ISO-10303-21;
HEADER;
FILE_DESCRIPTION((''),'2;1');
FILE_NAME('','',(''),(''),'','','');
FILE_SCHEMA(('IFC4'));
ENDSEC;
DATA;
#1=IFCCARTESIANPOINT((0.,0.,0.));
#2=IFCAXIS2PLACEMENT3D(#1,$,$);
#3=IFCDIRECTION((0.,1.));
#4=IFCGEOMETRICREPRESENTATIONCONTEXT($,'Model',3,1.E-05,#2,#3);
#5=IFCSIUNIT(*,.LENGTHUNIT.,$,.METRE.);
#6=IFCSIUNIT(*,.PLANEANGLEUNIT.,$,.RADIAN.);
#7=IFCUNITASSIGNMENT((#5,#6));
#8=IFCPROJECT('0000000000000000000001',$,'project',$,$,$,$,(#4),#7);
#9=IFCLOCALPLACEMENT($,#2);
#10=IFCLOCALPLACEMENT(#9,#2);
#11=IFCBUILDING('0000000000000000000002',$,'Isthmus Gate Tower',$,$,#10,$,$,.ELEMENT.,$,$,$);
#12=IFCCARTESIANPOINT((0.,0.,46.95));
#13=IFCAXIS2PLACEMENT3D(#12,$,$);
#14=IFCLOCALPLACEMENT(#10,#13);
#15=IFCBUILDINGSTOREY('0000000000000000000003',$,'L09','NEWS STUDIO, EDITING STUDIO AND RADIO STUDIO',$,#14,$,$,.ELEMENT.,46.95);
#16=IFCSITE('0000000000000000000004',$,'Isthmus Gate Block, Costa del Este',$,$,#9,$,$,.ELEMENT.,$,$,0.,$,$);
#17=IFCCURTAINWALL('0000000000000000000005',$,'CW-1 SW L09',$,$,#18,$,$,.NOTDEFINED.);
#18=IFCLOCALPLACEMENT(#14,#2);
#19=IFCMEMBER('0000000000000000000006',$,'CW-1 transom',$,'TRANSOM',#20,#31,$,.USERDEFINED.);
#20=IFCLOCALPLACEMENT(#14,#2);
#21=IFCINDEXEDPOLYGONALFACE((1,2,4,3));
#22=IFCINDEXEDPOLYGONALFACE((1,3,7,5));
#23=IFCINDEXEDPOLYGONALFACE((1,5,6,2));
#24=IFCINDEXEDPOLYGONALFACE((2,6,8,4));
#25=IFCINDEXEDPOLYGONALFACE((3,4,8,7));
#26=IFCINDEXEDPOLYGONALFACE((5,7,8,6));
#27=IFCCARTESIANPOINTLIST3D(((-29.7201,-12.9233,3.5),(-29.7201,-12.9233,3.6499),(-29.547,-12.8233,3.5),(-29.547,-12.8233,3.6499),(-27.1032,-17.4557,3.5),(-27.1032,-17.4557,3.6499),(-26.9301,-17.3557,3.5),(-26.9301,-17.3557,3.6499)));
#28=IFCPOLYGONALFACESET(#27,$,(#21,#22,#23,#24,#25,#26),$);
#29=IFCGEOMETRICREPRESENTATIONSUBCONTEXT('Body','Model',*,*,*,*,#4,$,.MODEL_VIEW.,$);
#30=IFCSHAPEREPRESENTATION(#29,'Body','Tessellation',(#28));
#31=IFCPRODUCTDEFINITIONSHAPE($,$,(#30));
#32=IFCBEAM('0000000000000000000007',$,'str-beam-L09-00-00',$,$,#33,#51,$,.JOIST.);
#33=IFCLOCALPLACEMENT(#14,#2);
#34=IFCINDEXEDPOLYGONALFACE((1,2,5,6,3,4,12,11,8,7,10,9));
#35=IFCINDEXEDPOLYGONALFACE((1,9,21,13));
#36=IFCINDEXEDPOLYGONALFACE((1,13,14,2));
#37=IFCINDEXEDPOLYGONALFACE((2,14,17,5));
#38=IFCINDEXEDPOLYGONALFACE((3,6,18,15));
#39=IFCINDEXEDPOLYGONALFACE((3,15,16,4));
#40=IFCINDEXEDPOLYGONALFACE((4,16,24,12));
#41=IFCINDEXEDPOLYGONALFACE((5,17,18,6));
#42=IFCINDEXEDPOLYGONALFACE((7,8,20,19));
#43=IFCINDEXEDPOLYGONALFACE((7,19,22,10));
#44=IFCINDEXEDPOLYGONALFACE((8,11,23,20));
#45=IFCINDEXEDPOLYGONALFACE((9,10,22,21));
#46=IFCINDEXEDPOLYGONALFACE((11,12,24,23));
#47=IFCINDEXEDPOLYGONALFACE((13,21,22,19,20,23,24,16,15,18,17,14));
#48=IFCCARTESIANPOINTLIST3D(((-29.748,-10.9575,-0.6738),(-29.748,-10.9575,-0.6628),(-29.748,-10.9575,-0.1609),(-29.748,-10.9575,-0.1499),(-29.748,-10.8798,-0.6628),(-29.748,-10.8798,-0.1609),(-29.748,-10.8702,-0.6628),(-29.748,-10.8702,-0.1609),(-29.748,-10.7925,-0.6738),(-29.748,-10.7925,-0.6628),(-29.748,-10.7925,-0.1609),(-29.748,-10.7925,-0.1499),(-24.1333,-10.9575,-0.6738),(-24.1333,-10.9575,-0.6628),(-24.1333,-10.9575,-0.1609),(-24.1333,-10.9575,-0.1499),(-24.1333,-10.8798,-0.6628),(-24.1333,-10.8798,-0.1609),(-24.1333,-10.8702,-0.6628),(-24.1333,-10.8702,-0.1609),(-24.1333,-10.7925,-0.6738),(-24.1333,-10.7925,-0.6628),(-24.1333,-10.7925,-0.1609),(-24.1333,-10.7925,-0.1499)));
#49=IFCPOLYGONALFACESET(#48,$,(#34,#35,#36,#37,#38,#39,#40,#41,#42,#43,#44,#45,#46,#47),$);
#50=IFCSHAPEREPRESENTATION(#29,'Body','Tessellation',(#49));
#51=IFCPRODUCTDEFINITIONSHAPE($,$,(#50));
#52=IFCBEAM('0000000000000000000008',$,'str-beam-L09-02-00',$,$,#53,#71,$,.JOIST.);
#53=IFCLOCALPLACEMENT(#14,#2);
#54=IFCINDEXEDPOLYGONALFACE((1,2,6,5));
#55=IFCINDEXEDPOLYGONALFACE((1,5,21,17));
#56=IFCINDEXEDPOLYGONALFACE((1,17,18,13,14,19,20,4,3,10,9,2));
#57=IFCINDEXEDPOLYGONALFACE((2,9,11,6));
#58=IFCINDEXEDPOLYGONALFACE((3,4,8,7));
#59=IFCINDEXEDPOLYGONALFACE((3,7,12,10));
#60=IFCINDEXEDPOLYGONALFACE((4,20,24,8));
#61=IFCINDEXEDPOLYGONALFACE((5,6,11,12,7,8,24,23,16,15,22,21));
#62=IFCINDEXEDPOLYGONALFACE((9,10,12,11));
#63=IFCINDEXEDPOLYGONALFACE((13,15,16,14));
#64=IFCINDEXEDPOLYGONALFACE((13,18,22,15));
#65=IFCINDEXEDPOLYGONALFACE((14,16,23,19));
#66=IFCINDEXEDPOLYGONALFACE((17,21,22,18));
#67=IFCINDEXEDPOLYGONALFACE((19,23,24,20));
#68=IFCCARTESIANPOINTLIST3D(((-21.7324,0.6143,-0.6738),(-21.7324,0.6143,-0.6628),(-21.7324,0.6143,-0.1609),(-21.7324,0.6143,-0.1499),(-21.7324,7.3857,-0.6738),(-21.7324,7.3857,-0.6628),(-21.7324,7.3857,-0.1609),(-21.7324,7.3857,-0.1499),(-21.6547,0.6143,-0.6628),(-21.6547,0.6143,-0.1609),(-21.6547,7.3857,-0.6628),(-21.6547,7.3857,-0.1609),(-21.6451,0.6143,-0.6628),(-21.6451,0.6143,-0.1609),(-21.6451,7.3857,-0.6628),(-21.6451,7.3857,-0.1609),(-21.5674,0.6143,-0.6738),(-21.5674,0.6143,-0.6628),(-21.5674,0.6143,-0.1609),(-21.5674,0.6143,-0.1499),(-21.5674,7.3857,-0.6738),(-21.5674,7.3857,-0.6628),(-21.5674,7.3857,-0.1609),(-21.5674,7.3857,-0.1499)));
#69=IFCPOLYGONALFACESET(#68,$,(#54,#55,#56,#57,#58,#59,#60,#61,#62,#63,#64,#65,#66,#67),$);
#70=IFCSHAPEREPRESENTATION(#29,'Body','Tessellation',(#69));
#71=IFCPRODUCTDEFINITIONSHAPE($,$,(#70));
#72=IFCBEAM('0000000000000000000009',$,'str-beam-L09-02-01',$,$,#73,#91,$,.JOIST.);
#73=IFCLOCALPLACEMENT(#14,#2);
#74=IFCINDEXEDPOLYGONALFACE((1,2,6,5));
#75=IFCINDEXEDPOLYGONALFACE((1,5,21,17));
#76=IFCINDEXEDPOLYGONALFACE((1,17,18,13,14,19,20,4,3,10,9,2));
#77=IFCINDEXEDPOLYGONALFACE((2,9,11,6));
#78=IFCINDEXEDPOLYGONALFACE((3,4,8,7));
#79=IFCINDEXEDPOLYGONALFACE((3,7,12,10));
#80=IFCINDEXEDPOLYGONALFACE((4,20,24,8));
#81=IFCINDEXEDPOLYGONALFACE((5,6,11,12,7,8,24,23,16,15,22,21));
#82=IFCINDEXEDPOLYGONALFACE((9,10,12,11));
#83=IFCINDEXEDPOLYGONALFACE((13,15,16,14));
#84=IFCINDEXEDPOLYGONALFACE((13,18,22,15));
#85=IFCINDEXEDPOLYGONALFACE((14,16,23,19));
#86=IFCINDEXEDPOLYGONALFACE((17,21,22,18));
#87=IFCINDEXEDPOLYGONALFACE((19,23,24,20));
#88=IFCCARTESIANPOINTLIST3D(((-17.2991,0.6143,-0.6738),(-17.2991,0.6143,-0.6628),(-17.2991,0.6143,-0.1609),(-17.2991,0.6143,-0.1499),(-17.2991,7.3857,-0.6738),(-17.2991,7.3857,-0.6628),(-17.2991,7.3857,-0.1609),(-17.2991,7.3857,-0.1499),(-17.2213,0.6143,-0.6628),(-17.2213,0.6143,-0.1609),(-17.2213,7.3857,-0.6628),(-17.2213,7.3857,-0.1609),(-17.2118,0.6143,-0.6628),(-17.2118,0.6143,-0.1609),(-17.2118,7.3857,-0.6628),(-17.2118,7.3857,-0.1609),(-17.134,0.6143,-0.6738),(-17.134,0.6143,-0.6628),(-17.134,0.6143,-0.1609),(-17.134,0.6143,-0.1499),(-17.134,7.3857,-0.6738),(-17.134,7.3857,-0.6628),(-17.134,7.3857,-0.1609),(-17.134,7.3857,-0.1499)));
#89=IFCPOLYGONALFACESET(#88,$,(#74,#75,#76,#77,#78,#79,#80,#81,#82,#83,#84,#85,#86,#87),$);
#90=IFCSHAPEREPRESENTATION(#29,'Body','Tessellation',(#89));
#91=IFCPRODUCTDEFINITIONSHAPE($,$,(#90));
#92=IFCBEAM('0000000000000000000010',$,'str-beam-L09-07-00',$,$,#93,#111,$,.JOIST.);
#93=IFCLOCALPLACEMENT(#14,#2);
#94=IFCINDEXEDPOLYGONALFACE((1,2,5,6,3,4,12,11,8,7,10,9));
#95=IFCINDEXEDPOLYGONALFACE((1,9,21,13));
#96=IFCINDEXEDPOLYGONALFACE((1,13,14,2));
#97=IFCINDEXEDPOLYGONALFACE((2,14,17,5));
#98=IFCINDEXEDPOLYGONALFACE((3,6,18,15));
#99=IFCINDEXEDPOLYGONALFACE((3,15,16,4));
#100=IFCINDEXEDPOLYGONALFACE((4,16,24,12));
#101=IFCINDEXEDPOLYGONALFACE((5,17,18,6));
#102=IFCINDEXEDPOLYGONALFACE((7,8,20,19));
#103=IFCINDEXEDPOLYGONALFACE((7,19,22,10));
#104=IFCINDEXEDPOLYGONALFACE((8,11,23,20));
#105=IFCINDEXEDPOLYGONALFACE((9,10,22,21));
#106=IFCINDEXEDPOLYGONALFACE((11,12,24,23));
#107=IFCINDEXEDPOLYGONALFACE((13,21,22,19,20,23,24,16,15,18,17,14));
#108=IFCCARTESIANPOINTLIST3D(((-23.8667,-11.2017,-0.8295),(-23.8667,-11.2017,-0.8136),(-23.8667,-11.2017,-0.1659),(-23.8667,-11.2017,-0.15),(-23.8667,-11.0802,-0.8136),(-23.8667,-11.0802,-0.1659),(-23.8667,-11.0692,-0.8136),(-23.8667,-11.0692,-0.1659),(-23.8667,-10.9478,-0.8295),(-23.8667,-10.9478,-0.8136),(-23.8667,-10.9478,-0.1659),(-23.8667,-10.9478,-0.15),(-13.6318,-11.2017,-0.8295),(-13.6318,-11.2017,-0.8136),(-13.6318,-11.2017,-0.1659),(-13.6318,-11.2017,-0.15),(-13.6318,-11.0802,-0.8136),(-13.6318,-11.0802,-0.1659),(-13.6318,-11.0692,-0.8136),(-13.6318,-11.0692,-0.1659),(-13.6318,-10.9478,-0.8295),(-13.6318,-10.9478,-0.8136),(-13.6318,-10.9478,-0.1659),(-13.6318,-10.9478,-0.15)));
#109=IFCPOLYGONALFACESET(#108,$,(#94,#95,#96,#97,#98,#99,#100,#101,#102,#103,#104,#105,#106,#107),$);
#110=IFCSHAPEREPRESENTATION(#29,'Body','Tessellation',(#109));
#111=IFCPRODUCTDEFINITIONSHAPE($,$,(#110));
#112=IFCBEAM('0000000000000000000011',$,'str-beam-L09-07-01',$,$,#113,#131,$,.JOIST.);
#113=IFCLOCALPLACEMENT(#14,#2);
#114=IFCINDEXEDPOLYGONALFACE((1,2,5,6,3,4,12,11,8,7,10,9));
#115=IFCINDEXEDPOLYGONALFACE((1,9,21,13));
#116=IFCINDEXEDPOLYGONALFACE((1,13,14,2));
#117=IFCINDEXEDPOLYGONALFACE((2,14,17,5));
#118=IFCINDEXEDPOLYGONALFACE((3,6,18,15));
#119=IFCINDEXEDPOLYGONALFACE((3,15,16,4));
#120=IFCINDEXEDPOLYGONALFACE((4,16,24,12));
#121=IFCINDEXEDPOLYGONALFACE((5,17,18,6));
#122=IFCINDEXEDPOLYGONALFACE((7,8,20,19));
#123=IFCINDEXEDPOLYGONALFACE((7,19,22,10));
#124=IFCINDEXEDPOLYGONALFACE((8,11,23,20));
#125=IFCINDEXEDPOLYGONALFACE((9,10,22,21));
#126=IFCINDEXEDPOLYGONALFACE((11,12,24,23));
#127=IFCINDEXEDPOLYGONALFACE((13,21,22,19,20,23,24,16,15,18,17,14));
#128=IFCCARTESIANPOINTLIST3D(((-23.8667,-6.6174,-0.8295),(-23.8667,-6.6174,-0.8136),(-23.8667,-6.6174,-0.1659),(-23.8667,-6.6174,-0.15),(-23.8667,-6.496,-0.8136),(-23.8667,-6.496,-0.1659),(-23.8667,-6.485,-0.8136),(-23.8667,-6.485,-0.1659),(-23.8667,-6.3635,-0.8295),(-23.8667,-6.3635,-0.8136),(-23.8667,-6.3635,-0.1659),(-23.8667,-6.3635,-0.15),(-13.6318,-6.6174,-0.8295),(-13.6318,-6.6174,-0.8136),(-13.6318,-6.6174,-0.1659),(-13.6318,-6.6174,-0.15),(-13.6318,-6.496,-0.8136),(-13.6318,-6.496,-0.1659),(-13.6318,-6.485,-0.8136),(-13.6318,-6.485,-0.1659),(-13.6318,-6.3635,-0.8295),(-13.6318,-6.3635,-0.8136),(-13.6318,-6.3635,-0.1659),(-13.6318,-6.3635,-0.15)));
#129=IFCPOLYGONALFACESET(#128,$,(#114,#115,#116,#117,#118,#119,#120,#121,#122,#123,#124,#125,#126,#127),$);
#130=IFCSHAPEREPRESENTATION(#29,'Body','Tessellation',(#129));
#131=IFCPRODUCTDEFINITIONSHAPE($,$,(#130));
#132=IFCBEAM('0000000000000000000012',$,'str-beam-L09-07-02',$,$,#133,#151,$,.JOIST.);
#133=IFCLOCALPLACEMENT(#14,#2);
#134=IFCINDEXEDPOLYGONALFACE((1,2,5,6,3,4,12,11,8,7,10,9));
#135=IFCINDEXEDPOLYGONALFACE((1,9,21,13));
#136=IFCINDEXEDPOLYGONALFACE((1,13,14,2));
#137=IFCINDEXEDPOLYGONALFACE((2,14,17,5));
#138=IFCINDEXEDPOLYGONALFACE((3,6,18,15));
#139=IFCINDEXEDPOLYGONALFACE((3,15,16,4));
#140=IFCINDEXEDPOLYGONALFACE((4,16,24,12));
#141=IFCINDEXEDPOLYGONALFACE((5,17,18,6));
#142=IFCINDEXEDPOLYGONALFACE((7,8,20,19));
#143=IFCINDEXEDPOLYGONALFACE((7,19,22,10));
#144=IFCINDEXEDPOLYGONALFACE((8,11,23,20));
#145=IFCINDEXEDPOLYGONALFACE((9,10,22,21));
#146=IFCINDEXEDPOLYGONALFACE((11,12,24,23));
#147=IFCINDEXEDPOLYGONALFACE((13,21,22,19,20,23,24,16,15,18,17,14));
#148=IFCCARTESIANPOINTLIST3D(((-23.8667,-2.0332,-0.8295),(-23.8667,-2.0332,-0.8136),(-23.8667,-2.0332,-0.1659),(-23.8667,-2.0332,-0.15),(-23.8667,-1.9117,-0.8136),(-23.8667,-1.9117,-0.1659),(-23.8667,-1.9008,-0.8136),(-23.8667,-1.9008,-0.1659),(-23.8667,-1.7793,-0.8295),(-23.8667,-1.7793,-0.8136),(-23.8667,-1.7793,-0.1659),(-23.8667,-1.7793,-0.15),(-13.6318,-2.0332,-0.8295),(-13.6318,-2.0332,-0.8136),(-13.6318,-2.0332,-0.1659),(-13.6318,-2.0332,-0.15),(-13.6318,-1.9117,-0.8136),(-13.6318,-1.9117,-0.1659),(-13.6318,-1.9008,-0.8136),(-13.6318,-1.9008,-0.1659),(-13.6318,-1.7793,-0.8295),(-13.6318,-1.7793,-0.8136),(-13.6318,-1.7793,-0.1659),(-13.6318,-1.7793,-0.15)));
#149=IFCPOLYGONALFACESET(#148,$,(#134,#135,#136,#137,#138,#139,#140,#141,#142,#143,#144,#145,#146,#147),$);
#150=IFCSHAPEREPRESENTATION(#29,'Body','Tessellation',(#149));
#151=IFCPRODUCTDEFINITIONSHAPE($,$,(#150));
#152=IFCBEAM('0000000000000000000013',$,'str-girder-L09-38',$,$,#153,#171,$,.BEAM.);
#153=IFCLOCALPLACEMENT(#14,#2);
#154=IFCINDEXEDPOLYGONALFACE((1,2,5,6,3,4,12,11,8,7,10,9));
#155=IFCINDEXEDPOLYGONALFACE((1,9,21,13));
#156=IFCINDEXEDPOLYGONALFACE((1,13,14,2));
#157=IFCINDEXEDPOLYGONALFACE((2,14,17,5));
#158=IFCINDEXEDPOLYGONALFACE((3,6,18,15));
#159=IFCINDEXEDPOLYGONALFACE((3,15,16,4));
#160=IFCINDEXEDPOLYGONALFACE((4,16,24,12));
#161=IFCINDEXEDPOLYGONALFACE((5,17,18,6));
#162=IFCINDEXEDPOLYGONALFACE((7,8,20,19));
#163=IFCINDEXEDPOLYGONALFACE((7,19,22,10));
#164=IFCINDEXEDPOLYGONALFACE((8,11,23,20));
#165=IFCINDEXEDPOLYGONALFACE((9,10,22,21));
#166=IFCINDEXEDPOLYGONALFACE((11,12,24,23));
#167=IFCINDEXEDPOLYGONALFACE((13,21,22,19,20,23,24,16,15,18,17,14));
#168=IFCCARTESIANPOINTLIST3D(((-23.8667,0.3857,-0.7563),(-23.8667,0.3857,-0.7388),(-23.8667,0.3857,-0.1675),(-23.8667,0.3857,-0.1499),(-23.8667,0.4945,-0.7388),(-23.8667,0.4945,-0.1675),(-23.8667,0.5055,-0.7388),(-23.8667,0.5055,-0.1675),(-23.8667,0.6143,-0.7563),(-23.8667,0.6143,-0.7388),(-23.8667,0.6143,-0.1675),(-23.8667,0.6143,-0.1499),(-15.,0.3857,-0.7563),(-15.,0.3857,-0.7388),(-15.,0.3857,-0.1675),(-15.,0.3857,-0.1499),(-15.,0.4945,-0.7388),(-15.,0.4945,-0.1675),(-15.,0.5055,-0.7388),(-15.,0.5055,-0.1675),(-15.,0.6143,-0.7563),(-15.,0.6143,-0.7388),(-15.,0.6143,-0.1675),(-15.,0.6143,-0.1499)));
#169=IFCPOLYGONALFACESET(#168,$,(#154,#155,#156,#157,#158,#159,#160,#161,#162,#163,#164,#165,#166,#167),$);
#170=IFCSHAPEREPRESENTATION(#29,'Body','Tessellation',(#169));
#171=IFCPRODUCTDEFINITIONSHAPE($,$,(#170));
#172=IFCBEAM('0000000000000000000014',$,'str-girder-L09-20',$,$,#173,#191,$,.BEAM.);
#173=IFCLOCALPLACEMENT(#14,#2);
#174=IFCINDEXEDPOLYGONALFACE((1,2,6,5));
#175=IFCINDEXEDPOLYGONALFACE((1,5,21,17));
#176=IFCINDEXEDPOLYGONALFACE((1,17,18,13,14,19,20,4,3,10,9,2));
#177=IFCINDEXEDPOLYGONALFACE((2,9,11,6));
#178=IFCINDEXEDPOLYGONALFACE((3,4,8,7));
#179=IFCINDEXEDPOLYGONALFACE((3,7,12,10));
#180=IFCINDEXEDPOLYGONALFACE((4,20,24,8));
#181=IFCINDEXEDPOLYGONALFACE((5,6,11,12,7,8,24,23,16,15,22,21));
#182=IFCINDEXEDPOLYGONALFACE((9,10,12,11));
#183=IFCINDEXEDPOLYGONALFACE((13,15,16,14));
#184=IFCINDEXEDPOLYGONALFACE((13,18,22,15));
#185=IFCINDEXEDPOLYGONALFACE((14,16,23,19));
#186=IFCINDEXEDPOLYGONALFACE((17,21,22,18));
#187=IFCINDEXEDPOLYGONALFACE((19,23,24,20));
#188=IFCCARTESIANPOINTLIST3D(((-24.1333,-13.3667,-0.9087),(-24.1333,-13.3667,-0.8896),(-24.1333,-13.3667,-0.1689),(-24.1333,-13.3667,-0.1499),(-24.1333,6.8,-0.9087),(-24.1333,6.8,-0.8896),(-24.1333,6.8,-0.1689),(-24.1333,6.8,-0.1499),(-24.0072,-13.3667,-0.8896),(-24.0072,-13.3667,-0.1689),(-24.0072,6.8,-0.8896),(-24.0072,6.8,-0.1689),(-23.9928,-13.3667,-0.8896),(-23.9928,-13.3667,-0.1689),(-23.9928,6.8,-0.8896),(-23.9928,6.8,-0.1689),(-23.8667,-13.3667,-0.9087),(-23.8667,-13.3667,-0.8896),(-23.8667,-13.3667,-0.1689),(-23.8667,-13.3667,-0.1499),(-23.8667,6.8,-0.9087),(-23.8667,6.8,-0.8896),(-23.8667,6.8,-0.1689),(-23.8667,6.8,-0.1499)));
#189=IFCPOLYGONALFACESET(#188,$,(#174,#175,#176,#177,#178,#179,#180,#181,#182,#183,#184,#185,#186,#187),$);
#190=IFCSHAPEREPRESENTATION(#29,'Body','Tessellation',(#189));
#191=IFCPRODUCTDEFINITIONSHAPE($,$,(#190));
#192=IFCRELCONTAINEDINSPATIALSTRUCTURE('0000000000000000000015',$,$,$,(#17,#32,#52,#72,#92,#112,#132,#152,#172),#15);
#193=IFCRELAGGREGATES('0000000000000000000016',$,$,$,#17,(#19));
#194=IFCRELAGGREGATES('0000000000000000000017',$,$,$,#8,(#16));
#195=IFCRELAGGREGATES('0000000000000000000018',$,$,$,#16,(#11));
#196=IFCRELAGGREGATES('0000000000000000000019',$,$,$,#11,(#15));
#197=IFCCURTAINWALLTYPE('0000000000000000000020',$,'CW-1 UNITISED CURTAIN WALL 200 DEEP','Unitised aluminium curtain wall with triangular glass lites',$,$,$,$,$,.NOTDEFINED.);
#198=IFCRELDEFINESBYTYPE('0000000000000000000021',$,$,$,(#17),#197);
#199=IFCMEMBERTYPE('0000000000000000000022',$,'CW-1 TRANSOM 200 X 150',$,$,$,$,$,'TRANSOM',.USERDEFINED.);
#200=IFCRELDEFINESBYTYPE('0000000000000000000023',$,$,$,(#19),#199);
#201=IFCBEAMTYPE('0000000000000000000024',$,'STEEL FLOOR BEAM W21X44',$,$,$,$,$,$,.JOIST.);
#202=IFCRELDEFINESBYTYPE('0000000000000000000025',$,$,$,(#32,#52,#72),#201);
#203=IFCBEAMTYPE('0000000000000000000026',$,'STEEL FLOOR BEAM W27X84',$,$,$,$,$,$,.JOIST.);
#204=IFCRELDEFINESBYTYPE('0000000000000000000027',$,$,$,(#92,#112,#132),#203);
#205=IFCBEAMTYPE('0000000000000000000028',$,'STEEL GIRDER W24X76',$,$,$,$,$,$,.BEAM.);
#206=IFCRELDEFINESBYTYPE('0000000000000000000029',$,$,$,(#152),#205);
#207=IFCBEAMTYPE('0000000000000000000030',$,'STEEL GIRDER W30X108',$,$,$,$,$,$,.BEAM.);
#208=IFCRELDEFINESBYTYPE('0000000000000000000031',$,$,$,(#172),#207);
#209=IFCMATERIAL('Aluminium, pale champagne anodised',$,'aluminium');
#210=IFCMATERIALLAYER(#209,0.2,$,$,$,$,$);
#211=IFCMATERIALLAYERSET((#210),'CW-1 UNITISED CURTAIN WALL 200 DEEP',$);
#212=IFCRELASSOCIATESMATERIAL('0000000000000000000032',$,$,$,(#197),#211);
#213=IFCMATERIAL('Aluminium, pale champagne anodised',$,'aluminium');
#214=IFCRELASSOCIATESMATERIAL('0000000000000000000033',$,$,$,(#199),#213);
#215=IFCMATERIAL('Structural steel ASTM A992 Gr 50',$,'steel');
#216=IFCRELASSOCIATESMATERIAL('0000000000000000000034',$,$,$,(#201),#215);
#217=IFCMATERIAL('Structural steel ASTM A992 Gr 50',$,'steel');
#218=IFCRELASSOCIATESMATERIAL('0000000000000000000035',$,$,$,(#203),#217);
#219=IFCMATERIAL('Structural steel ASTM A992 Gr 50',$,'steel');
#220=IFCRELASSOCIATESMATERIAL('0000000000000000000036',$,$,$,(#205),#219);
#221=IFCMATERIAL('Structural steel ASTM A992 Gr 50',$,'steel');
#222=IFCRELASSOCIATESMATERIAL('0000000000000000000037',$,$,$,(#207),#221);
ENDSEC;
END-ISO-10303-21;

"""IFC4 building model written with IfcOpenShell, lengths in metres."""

from ifc_helpers import new_model, si_unit, direction, frame, origin, origin_2d, place, context, subcontext, project, spatial, rectangle, i_section, extrude, material, layer, layer_set, material_profile, profile_set, type_object, element, aggregate, save


model = new_model("IFC4")

# Units and contexts
model_context = context("Model", 3, precision=1e-05, world=origin(), true_north=direction((0.0, 1.0)))
body_context = subcontext(model_context, "Body", "Model", "MODEL_VIEW")
ifc_project = project(units=[si_unit("LENGTHUNIT", "METRE"), si_unit("PLANEANGLEUNIT", "RADIAN")], contexts=[model_context])

# Site, building, storey
site_placement = place(None, origin())
site = spatial("IfcSite", under=ifc_project, at=site_placement, Name="Isthmus Gate Block, Costa del Este", CompositionType="ELEMENT", RefElevation=0.0)
building_placement = place(site_placement, origin())
building = spatial("IfcBuilding", under=site, at=building_placement, Name="Isthmus Gate Tower", CompositionType="ELEMENT")
storey_placement = place(building_placement, frame((0.0, 0.0, 46.95)))
storey = spatial("IfcBuildingStorey", under=building, at=storey_placement, Name="L09", Description="NEWS STUDIO, EDITING STUDIO AND RADIO STUDIO", CompositionType="ELEMENT", Elevation=46.95)

# Curtain wall, member
ifc_material_1 = material(Name="Aluminium, pale champagne anodised", Category="aluminium")
ifc_layer_1 = layer(ifc_material_1, 0.2)
ifc_layer_set_1 = layer_set([ifc_layer_1], Name="CW-1 UNITISED CURTAIN WALL 200 DEEP")
curtain_wall_type = type_object("IfcCurtainWallType", Name="CW-1 UNITISED CURTAIN WALL 200 DEEP", Description="Unitised aluminium curtain wall with triangular glass lites", PredefinedType="NOTDEFINED", material=ifc_layer_set_1)
curtain_wall_placement = place(storey_placement, origin())
curtain_wall = element("IfcCurtainWall", 1, at=curtain_wall_placement, inside=storey, type_object=curtain_wall_type, Name="CW-1 SW L09", PredefinedType="NOTDEFINED")
ifc_material_2 = material(Name="Aluminium, pale champagne anodised", Category="aluminium")
ifc_material_profile_1 = material_profile(ifc_material_2, rectangle(XDim=0.2, YDim=0.1499, at=origin_2d()), Name="200x150")
ifc_profile_set_1 = profile_set([ifc_material_profile_1], Name="Aluminium, pale champagne anodised")
member_type = type_object("IfcMemberType", Name="CW-1 TRANSOM 200 X 150", ElementType="TRANSOM", PredefinedType="USERDEFINED", material=ifc_profile_set_1)
member_placement = place(storey_placement, frame((-29.6335, -12.8733, 3.575), z_axis=(0.500017, -0.866015, 0.0), x_axis=(0.866015, 0.500017, 0.0)))
member = element("IfcMember", 2, at=member_placement, type_object=member_type, Name="CW-1 transom", ObjectType="TRANSOM", PredefinedType="USERDEFINED", context=body_context, shape_type="SweptSolid", body=[
    extrude(rectangle(XDim=0.2, YDim=0.1499, at=origin_2d()), origin(), (0.0, 0.0, 1.0), 5.2336),
])
aggregate(curtain_wall, [member])

# Beams
ifc_material_3 = material(Name="Structural steel ASTM A992 Gr 50", Category="steel")
ifc_material_profile_2 = material_profile(ifc_material_3, i_section(OverallWidth=0.165, OverallDepth=0.5239, WebThickness=0.0095, FlangeThickness=0.011, at=origin_2d()), Name="W21X44")
ifc_profile_set_2 = profile_set([ifc_material_profile_2], Name="Structural steel ASTM A992 Gr 50")
beam_type_1 = type_object("IfcBeamType", Name="STEEL FLOOR BEAM W21X44", PredefinedType="JOIST", material=ifc_profile_set_2)
beam_1_placement = place(storey_placement, frame((-29.748, -10.875, -0.4119), z_axis=(1.0, 0.0, 0.0), x_axis=(0.0, 1.0, 0.0)))
element("IfcBeam", 3, at=beam_1_placement, inside=storey, type_object=beam_type_1, Name="str-beam-L09-00-00", PredefinedType="JOIST", context=body_context, shape_type="SweptSolid", body=[
    extrude(i_section(OverallWidth=0.165, OverallDepth=0.5239, WebThickness=0.0095, FlangeThickness=0.011, at=origin_2d()), origin(), (0.0, 0.0, 1.0), 5.6147),
])
for number, where, z_axis, x_axis, name in (
    (4, (-21.6499, 0.6143, -0.4119), (0.0, 1.0, 0.0), (-1.0, 0.0, 0.0), "str-beam-L09-02-00"),
    (5, (-17.2166, 0.6143, -0.4119), (0.0, 1.0, 0.0), (-1.0, 0.0, 0.0), "str-beam-L09-02-01"),
):
    element("IfcBeam", number, at=place(storey_placement, frame(where, z_axis=z_axis, x_axis=x_axis)), inside=storey, type_object=beam_type_1, Name=name, PredefinedType="JOIST", context=body_context, shape_type="SweptSolid", body=[
        extrude(i_section(OverallWidth=0.165, OverallDepth=0.5239, WebThickness=0.0095, FlangeThickness=0.011, at=origin_2d()), origin(), (0.0, 0.0, 1.0), 6.7715),
    ])
ifc_material_4 = material(Name="Structural steel ASTM A992 Gr 50", Category="steel")
ifc_material_profile_3 = material_profile(ifc_material_4, i_section(OverallWidth=0.2539, OverallDepth=0.6794, WebThickness=0.011, FlangeThickness=0.0159, at=origin_2d()), Name="W27X84")
ifc_profile_set_3 = profile_set([ifc_material_profile_3], Name="Structural steel ASTM A992 Gr 50")
beam_type_2 = type_object("IfcBeamType", Name="STEEL FLOOR BEAM W27X84", PredefinedType="JOIST", material=ifc_profile_set_3)
for number, where, z_axis, x_axis, name in (
    (6, (-23.8667, -11.0747, -0.4897), (1.0, 0.0, 0.0), (0.0, 1.0, 0.0), "str-beam-L09-07-00"),
    (7, (-23.8667, -6.4905, -0.4897), (1.0, 0.0, 0.0), (0.0, 1.0, 0.0), "str-beam-L09-07-01"),
    (8, (-23.8667, -1.9062, -0.4897), (1.0, 0.0, 0.0), (0.0, 1.0, 0.0), "str-beam-L09-07-02"),
):
    element("IfcBeam", number, at=place(storey_placement, frame(where, z_axis=z_axis, x_axis=x_axis)), inside=storey, type_object=beam_type_2, Name=name, PredefinedType="JOIST", context=body_context, shape_type="SweptSolid", body=[
        extrude(i_section(OverallWidth=0.2539, OverallDepth=0.6794, WebThickness=0.011, FlangeThickness=0.0159, at=origin_2d()), origin(), (0.0, 0.0, 1.0), 10.2349),
    ])
ifc_material_5 = material(Name="Structural steel ASTM A992 Gr 50", Category="steel")
ifc_material_profile_4 = material_profile(ifc_material_5, i_section(OverallWidth=0.2285, OverallDepth=0.6064, WebThickness=0.011, FlangeThickness=0.0176, at=origin_2d()), Name="W24X76")
ifc_profile_set_4 = profile_set([ifc_material_profile_4], Name="Structural steel ASTM A992 Gr 50")
beam_type_3 = type_object("IfcBeamType", Name="STEEL GIRDER W24X76", PredefinedType="BEAM", material=ifc_profile_set_4)
beam_2_placement = place(storey_placement, frame((-15.0, 0.5, -0.4531), z_axis=(-1.0, 0.0, 0.0), x_axis=(0.0, -1.0, 0.0)))
element("IfcBeam", 9, at=beam_2_placement, inside=storey, type_object=beam_type_3, Name="str-girder-L09-38", PredefinedType="BEAM", context=body_context, shape_type="SweptSolid", body=[
    extrude(i_section(OverallWidth=0.2285, OverallDepth=0.6064, WebThickness=0.011, FlangeThickness=0.0176, at=origin_2d()), origin(), (0.0, 0.0, 1.0), 8.8667),
])
ifc_material_6 = material(Name="Structural steel ASTM A992 Gr 50", Category="steel")
ifc_material_profile_5 = material_profile(ifc_material_6, i_section(OverallWidth=0.2666, OverallDepth=0.7588, WebThickness=0.0144, FlangeThickness=0.019, at=origin_2d()), Name="W30X108")
ifc_profile_set_5 = profile_set([ifc_material_profile_5], Name="Structural steel ASTM A992 Gr 50")
beam_type_4 = type_object("IfcBeamType", Name="STEEL GIRDER W30X108", PredefinedType="BEAM", material=ifc_profile_set_5)
beam_3_placement = place(storey_placement, frame((-24.0, -13.3667, -0.5293), z_axis=(0.0, 1.0, 0.0), x_axis=(-1.0, 0.0, 0.0)))
element("IfcBeam", 10, at=beam_3_placement, inside=storey, type_object=beam_type_4, Name="str-girder-L09-20", PredefinedType="BEAM", context=body_context, shape_type="SweptSolid", body=[
    extrude(i_section(OverallWidth=0.2666, OverallDepth=0.7588, WebThickness=0.0144, FlangeThickness=0.019, at=origin_2d()), origin(), (0.0, 0.0, 1.0), 20.1667),
])

save(model, "model.ifc")
